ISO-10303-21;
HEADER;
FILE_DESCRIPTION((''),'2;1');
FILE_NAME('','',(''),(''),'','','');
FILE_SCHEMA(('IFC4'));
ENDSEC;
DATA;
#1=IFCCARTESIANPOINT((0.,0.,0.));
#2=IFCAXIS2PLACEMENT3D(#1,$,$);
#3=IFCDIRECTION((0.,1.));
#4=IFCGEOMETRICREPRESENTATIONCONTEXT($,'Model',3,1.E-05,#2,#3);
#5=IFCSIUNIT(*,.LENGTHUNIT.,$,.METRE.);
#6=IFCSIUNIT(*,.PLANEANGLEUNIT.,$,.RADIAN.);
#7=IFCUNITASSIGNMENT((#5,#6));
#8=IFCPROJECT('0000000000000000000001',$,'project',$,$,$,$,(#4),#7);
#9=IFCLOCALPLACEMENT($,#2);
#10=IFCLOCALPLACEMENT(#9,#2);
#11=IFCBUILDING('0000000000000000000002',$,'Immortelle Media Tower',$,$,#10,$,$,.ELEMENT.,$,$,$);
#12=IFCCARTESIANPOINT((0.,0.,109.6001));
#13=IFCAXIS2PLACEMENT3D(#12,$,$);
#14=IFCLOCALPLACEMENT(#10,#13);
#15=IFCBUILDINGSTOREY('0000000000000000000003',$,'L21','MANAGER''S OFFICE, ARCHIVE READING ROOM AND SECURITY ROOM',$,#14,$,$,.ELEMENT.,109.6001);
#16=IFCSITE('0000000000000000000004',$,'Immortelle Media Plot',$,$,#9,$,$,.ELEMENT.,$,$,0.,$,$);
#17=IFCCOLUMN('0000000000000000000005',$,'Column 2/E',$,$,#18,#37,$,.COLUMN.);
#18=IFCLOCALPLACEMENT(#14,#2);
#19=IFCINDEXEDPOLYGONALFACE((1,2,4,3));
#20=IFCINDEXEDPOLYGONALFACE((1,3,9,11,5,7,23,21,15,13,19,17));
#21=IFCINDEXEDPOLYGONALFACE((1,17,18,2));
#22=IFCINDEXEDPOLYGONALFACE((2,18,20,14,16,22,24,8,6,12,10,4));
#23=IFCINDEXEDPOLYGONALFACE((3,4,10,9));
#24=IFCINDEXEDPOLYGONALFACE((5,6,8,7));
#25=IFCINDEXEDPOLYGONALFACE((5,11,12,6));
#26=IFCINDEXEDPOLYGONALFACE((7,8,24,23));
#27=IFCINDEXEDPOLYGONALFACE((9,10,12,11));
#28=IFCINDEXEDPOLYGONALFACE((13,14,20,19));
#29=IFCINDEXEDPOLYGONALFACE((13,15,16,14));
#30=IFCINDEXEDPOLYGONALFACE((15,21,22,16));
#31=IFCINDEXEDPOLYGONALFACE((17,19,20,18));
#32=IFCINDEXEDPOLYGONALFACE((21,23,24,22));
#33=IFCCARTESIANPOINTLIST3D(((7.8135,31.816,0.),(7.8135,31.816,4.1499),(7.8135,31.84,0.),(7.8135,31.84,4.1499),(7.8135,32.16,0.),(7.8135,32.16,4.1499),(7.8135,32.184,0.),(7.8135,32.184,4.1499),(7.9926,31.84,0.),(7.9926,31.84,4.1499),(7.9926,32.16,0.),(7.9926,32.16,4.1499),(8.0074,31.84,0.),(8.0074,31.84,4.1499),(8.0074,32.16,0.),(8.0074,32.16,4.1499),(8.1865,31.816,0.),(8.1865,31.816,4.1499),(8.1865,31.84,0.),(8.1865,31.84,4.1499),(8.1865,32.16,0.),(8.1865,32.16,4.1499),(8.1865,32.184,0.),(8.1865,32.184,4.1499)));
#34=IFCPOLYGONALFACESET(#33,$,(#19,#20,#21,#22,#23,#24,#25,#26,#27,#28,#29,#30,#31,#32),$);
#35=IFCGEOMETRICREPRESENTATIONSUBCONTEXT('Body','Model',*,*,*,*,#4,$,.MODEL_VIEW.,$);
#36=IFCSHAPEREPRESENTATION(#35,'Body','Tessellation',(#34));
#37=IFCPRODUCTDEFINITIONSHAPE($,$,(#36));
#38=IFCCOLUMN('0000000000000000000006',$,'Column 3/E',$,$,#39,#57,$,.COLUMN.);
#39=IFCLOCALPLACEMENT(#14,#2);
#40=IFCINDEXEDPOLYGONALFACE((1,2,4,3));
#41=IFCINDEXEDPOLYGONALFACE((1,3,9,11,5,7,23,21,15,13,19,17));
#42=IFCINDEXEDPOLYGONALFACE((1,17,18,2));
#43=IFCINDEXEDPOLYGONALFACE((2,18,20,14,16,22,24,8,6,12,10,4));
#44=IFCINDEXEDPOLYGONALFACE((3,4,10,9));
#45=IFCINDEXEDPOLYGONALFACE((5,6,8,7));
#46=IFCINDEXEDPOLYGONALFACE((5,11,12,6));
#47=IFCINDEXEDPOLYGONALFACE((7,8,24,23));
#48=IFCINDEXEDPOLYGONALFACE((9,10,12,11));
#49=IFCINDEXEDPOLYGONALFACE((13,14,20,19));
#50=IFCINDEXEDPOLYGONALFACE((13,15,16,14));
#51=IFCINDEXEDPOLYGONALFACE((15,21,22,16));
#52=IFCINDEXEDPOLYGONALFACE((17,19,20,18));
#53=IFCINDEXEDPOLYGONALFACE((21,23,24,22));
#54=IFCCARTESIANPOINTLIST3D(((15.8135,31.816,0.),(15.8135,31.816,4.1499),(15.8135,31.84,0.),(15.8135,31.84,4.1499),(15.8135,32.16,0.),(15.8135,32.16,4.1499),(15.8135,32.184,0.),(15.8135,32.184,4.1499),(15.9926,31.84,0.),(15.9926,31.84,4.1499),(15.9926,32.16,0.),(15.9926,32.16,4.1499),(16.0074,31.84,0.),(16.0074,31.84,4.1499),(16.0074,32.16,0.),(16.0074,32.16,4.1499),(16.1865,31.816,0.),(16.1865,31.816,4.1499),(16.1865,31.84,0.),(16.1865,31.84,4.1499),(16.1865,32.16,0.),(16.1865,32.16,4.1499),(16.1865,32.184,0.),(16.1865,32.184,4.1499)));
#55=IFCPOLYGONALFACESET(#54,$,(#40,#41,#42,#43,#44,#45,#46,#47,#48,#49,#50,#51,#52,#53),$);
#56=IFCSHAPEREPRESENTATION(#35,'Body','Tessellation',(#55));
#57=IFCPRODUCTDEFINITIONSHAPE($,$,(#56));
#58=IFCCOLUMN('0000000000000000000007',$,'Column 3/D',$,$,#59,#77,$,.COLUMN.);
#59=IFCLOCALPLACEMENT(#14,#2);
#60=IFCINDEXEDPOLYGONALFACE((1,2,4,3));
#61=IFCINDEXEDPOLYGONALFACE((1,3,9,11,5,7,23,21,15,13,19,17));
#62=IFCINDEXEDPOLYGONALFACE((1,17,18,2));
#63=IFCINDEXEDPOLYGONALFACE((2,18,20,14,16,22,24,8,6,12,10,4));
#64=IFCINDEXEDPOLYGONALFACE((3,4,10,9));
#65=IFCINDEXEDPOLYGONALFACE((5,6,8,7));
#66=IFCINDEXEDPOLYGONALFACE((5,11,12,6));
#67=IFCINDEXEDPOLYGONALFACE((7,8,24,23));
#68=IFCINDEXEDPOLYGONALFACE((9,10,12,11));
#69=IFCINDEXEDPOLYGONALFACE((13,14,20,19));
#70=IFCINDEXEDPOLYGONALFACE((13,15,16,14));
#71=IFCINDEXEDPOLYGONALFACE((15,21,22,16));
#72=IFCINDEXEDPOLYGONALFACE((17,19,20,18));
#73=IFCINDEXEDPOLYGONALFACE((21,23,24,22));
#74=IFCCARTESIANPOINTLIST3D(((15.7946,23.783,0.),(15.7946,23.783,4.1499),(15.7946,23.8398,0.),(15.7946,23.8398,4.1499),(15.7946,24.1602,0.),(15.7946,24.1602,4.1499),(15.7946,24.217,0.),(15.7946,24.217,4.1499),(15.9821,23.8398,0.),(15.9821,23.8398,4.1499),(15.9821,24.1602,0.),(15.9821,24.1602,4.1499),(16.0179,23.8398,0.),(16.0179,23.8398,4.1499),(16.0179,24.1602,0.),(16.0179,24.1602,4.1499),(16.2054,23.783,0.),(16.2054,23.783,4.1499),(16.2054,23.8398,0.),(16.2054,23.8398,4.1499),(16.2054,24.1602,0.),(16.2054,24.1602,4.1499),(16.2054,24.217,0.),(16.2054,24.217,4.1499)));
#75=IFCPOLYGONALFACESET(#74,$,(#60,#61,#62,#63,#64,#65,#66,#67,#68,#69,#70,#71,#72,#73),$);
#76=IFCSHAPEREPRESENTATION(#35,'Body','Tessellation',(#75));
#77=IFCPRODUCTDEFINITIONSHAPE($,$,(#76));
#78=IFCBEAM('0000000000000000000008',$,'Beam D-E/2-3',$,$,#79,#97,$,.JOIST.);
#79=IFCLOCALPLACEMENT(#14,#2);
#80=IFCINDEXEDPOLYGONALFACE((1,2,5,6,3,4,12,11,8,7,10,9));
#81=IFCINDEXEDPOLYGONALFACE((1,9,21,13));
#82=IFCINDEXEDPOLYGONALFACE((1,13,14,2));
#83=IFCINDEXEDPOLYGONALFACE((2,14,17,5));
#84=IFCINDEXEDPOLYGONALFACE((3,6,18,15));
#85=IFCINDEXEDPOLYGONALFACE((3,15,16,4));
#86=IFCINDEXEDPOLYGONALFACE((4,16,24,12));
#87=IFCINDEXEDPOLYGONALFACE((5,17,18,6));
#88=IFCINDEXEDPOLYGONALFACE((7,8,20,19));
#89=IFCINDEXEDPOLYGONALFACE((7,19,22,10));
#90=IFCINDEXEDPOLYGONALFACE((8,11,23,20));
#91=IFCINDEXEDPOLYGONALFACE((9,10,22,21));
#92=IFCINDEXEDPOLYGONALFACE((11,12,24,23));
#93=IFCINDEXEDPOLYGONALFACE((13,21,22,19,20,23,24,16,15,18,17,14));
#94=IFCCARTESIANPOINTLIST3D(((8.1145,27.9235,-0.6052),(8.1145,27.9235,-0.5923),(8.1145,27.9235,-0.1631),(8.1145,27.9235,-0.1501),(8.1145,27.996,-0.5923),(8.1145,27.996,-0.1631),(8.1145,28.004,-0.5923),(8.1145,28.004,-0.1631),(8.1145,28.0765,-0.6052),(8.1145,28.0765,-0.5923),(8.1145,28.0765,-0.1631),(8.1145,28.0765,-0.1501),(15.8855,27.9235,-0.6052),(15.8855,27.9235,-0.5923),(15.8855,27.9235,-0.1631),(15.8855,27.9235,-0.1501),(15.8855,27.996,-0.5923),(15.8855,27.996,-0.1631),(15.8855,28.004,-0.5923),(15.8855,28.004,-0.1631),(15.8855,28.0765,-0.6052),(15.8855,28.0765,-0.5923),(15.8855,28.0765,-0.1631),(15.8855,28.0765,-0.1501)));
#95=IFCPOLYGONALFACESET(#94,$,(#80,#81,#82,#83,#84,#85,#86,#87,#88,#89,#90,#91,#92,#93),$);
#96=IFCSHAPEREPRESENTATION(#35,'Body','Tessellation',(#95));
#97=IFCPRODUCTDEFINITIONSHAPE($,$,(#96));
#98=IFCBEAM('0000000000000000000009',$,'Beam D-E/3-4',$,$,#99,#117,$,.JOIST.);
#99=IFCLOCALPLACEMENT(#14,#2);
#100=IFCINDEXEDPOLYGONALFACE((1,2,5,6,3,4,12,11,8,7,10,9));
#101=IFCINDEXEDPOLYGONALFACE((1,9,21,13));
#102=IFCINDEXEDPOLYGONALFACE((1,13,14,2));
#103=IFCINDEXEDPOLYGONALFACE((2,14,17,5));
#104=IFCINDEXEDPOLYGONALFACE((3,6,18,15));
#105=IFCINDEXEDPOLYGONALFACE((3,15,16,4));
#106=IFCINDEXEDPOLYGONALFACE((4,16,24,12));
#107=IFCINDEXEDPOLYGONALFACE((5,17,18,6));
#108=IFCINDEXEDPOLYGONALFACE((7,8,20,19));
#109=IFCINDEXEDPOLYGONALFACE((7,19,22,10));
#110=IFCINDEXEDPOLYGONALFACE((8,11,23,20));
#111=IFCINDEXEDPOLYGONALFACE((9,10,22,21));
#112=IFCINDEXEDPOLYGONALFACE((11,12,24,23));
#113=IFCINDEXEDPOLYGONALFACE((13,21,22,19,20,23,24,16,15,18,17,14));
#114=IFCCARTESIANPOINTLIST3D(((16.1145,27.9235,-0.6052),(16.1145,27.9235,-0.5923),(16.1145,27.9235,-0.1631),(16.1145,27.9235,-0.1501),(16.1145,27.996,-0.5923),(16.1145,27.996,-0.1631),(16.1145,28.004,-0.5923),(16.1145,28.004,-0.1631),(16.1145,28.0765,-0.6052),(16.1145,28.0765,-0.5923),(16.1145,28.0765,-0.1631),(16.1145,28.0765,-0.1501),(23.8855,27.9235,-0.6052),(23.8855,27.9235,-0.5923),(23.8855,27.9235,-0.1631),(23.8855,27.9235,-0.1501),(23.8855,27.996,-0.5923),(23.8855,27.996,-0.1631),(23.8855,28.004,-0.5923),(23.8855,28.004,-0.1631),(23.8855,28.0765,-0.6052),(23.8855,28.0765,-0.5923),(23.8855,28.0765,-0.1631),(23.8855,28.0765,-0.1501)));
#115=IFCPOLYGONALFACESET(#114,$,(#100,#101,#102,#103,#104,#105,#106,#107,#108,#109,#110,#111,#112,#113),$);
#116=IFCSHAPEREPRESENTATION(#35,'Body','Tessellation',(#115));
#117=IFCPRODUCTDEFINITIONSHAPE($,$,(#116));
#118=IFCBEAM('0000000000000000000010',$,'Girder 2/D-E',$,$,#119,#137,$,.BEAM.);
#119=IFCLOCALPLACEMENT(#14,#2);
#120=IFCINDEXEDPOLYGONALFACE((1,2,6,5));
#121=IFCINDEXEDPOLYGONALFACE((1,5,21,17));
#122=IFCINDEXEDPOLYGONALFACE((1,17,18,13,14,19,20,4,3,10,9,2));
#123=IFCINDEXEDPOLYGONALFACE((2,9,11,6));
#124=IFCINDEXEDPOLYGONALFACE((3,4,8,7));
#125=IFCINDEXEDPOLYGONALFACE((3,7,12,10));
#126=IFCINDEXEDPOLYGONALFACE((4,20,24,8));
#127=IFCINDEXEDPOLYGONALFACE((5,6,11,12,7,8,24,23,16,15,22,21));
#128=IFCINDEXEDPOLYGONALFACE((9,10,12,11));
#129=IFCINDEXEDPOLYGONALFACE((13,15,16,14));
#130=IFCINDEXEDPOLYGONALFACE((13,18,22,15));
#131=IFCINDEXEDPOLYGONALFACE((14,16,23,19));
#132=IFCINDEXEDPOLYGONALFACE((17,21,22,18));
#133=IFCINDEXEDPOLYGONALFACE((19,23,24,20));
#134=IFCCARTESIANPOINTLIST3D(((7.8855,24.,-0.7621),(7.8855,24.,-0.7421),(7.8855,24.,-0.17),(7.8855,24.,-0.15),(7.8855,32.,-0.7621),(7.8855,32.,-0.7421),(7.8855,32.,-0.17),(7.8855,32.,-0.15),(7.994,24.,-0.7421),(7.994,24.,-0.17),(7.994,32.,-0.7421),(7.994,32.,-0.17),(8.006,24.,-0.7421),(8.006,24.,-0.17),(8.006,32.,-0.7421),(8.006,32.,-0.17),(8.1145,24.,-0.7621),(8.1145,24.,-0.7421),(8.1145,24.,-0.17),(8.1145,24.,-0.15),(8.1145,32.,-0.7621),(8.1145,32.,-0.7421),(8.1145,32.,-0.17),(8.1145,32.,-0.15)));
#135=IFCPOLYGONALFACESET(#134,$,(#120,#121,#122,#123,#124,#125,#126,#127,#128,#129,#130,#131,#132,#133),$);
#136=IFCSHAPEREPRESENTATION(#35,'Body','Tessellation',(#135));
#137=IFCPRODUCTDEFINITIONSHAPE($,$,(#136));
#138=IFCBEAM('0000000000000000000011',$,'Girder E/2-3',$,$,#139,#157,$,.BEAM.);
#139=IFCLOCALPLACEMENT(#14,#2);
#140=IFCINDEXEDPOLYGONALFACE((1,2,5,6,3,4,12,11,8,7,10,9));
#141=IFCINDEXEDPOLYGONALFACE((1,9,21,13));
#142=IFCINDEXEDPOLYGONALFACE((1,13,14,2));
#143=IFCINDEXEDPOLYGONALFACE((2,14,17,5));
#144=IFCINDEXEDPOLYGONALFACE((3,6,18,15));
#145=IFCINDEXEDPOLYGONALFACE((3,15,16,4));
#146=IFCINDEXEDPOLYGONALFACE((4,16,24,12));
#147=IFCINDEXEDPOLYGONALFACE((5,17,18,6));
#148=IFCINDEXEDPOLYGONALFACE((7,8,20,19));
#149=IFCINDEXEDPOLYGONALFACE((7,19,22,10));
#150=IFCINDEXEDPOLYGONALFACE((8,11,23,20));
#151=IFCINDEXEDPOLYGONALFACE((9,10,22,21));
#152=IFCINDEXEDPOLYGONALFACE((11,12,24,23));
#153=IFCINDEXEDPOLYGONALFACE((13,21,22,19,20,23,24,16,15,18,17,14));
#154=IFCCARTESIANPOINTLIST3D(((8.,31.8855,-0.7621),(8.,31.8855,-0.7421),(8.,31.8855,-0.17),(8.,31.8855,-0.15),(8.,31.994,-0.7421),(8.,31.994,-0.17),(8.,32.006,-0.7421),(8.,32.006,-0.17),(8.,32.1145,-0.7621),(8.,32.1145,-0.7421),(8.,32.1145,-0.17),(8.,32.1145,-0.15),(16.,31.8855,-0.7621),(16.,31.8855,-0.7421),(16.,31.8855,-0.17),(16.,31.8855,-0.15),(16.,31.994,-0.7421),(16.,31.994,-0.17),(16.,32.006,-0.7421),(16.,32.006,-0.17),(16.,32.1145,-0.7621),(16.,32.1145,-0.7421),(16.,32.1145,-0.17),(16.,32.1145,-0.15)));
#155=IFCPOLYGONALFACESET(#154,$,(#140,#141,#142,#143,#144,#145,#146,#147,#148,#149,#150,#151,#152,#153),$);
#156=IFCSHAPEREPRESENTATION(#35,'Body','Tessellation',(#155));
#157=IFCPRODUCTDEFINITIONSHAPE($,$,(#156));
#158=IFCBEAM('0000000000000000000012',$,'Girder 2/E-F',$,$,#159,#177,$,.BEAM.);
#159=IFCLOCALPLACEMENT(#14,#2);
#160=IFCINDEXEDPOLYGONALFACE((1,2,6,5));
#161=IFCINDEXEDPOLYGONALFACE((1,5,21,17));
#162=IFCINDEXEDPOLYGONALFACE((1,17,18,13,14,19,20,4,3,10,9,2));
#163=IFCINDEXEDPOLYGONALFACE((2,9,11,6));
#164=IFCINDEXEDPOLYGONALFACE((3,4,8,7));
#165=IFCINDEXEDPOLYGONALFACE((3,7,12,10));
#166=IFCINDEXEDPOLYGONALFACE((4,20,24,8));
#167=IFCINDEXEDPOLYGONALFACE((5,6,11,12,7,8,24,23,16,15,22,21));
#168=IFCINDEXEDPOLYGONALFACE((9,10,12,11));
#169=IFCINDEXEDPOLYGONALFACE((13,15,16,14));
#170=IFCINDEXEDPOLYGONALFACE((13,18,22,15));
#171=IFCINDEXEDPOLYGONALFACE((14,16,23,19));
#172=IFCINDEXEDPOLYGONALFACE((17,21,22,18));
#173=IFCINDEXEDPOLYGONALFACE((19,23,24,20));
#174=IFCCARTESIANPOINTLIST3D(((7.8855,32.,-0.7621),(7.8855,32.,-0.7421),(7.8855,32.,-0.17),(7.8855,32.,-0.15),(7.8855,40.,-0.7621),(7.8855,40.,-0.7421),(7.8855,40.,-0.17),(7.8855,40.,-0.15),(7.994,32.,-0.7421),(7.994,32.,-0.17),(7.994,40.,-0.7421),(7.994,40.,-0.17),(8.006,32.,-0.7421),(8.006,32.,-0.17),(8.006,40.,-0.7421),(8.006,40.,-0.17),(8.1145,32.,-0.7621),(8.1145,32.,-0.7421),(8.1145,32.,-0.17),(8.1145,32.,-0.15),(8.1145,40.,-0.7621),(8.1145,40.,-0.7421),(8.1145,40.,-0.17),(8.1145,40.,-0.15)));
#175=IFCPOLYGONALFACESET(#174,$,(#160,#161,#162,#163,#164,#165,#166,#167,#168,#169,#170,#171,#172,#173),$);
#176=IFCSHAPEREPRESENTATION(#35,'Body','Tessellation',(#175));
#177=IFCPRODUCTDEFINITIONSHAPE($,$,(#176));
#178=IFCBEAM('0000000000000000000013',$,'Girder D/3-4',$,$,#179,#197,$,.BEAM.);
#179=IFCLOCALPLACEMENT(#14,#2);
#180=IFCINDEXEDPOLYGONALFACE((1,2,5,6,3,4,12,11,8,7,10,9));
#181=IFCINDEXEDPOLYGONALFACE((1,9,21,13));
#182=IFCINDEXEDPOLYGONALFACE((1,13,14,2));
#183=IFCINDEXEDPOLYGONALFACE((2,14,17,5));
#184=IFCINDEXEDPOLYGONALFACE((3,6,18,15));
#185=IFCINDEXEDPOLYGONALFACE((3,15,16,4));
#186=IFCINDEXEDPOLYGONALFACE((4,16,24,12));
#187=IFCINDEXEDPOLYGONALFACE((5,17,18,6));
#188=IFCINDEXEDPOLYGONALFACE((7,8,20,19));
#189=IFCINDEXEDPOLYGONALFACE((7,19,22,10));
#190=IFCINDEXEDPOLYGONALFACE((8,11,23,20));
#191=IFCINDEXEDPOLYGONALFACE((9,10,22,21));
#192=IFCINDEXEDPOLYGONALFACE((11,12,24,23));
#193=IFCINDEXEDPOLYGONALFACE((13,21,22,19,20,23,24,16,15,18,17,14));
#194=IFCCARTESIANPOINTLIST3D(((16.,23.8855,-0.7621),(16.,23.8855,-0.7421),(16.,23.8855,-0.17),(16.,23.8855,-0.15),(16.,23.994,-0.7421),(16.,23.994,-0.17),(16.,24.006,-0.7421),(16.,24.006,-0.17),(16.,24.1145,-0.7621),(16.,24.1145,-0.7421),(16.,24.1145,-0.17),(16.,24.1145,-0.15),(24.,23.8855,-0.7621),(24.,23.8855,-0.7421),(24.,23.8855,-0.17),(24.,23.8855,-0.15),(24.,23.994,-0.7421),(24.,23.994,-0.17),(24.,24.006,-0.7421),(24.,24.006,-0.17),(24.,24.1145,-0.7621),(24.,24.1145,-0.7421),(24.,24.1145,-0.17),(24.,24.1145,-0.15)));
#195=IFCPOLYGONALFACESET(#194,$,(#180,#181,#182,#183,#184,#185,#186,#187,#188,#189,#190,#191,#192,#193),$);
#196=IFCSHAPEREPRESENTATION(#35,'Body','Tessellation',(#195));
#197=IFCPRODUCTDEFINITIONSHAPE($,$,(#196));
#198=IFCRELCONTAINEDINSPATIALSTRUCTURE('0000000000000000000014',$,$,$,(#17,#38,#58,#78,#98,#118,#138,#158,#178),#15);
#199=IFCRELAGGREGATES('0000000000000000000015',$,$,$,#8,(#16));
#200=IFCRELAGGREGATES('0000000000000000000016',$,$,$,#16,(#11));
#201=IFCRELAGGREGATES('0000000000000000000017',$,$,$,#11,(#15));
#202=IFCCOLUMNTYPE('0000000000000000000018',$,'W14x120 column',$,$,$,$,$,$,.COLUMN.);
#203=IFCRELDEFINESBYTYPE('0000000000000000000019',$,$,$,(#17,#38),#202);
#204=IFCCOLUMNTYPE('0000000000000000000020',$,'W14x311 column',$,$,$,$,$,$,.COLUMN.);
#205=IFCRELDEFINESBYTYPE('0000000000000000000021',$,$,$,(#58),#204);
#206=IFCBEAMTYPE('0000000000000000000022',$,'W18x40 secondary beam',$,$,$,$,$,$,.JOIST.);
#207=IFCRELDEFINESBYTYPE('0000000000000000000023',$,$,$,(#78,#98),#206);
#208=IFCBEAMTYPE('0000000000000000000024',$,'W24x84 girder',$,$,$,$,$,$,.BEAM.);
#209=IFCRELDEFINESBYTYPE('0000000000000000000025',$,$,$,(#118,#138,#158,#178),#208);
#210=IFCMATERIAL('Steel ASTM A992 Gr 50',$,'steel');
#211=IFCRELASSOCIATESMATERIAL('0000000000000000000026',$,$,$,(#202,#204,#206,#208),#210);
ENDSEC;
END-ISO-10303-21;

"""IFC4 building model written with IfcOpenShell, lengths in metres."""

from ifc_helpers import new_model, si_unit, direction, frame, origin, origin_2d, place, context, subcontext, project, spatial, i_section, extrude, material, material_profile, profile_set, type_object, element, save


model = new_model("IFC4")

# Units and contexts
model_context = context("Model", 3, precision=1e-05, world=origin(), true_north=direction((0.0, 1.0)))
body_context = subcontext(model_context, "Body", "Model", "MODEL_VIEW")
ifc_project = project(units=[si_unit("LENGTHUNIT", "METRE"), si_unit("PLANEANGLEUNIT", "RADIAN")], contexts=[model_context])

# Site, building, storey
site_placement = place(None, origin())
site = spatial("IfcSite", under=ifc_project, at=site_placement, Name="Immortelle Media Plot", CompositionType="ELEMENT", RefElevation=0.0)
building_placement = place(site_placement, origin())
building = spatial("IfcBuilding", under=site, at=building_placement, Name="Immortelle Media Tower", CompositionType="ELEMENT")
storey_placement = place(building_placement, frame((0.0, 0.0, 109.6001)))
storey = spatial("IfcBuildingStorey", under=building, at=storey_placement, Name="L21", Description="MANAGER'S OFFICE, ARCHIVE READING ROOM AND SECURITY ROOM", CompositionType="ELEMENT", Elevation=109.6001)

# Columns
ifc_material_1 = material(Name="Steel ASTM A992 Gr 50", Category="steel")
ifc_material_profile_1 = material_profile(ifc_material_1, i_section(OverallWidth=0.373, OverallDepth=0.3679, WebThickness=0.0149, FlangeThickness=0.0239, at=origin_2d()), Name="W14x120")
ifc_profile_set_1 = profile_set([ifc_material_profile_1], Name="Steel ASTM A992 Gr 50")
column_type_1 = type_object("IfcColumnType", Name="W14x120 column", PredefinedType="COLUMN", material=ifc_profile_set_1)
for number, where, z_axis, x_axis, name in (
    (1, (8.0, 32.0, 0.0), (0.0, 0.0, 1.0), (1.0, 0.0, 0.0), "Column 2/E"),
    (2, (16.0, 32.0, 0.0), (0.0, 0.0, 1.0), (1.0, 0.0, 0.0), "Column 3/E"),
):
    element("IfcColumn", number, at=place(storey_placement, frame(where, z_axis=z_axis, x_axis=x_axis)), inside=storey, type_object=column_type_1, Name=name, PredefinedType="COLUMN", context=body_context, shape_type="SweptSolid", body=[
        extrude(i_section(OverallWidth=0.373, OverallDepth=0.3679, WebThickness=0.0149, FlangeThickness=0.0239, at=origin_2d()), origin(), (0.0, 0.0, 1.0), 4.1499),
    ])
ifc_material_profile_2 = material_profile(ifc_material_1, i_section(OverallWidth=0.4109, OverallDepth=0.4341, WebThickness=0.0359, FlangeThickness=0.0569, at=origin_2d()), Name="W14x311")
ifc_profile_set_2 = profile_set([ifc_material_profile_2], Name="Steel ASTM A992 Gr 50")
column_type_2 = type_object("IfcColumnType", Name="W14x311 column", PredefinedType="COLUMN", material=ifc_profile_set_2)
column_placement = place(storey_placement, frame((16.0, 24.0, 0.0), z_axis=(0.0, 0.0, 1.0), x_axis=(1.0, 0.0, 0.0)))
element("IfcColumn", 3, at=column_placement, inside=storey, type_object=column_type_2, Name="Column 3/D", PredefinedType="COLUMN", context=body_context, shape_type="SweptSolid", body=[
    extrude(i_section(OverallWidth=0.4109, OverallDepth=0.4341, WebThickness=0.0359, FlangeThickness=0.0569, at=origin_2d()), origin(), (0.0, 0.0, 1.0), 4.1499),
])

# Beams
ifc_material_profile_3 = material_profile(ifc_material_1, i_section(OverallWidth=0.1531, OverallDepth=0.4551, WebThickness=0.0081, FlangeThickness=0.0129, at=origin_2d()), Name="W18x40")
ifc_profile_set_3 = profile_set([ifc_material_profile_3], Name="Steel ASTM A992 Gr 50")
beam_type_1 = type_object("IfcBeamType", Name="W18x40 secondary beam", PredefinedType="JOIST", material=ifc_profile_set_3)
for number, where, z_axis, x_axis, name in (
    (4, (8.1145, 28.0, -0.3777), (1.0, 0.0, 0.0), (0.0, 1.0, 0.0), "Beam D-E/2-3"),
    (5, (16.1145, 28.0, -0.3777), (1.0, 0.0, 0.0), (0.0, 1.0, 0.0), "Beam D-E/3-4"),
):
    element("IfcBeam", number, at=place(storey_placement, frame(where, z_axis=z_axis, x_axis=x_axis)), inside=storey, type_object=beam_type_1, Name=name, PredefinedType="JOIST", context=body_context, shape_type="SweptSolid", body=[
        extrude(i_section(OverallWidth=0.1531, OverallDepth=0.4551, WebThickness=0.0081, FlangeThickness=0.0129, at=origin_2d()), origin(), (0.0, 0.0, 1.0), 7.771),
    ])
ifc_material_profile_4 = material_profile(ifc_material_1, i_section(OverallWidth=0.229, OverallDepth=0.6121, WebThickness=0.012, FlangeThickness=0.02, at=origin_2d()), Name="W24x84")
ifc_profile_set_4 = profile_set([ifc_material_profile_4], Name="Steel ASTM A992 Gr 50")
beam_type_2 = type_object("IfcBeamType", Name="W24x84 girder", PredefinedType="BEAM", material=ifc_profile_set_4)
for number, where, z_axis, x_axis, name in (
    (6, (8.0, 24.0, -0.4561), (0.0, 1.0, 0.0), (-1.0, 0.0, 0.0), "Girder 2/D-E"),
    (7, (8.0, 32.0, -0.4561), (1.0, 0.0, 0.0), (0.0, 1.0, 0.0), "Girder E/2-3"),
    (8, (8.0, 32.0, -0.4561), (0.0, 1.0, 0.0), (-1.0, 0.0, 0.0), "Girder 2/E-F"),
    (9, (16.0, 24.0, -0.4561), (1.0, 0.0, 0.0), (0.0, 1.0, 0.0), "Girder D/3-4"),
):
    element("IfcBeam", number, at=place(storey_placement, frame(where, z_axis=z_axis, x_axis=x_axis)), inside=storey, type_object=beam_type_2, Name=name, PredefinedType="BEAM", context=body_context, shape_type="SweptSolid", body=[
        extrude(i_section(OverallWidth=0.229, OverallDepth=0.6121, WebThickness=0.012, FlangeThickness=0.02, at=origin_2d()), origin(), (0.0, 0.0, 1.0), 8.0),
    ])

save(model, "model.ifc")
